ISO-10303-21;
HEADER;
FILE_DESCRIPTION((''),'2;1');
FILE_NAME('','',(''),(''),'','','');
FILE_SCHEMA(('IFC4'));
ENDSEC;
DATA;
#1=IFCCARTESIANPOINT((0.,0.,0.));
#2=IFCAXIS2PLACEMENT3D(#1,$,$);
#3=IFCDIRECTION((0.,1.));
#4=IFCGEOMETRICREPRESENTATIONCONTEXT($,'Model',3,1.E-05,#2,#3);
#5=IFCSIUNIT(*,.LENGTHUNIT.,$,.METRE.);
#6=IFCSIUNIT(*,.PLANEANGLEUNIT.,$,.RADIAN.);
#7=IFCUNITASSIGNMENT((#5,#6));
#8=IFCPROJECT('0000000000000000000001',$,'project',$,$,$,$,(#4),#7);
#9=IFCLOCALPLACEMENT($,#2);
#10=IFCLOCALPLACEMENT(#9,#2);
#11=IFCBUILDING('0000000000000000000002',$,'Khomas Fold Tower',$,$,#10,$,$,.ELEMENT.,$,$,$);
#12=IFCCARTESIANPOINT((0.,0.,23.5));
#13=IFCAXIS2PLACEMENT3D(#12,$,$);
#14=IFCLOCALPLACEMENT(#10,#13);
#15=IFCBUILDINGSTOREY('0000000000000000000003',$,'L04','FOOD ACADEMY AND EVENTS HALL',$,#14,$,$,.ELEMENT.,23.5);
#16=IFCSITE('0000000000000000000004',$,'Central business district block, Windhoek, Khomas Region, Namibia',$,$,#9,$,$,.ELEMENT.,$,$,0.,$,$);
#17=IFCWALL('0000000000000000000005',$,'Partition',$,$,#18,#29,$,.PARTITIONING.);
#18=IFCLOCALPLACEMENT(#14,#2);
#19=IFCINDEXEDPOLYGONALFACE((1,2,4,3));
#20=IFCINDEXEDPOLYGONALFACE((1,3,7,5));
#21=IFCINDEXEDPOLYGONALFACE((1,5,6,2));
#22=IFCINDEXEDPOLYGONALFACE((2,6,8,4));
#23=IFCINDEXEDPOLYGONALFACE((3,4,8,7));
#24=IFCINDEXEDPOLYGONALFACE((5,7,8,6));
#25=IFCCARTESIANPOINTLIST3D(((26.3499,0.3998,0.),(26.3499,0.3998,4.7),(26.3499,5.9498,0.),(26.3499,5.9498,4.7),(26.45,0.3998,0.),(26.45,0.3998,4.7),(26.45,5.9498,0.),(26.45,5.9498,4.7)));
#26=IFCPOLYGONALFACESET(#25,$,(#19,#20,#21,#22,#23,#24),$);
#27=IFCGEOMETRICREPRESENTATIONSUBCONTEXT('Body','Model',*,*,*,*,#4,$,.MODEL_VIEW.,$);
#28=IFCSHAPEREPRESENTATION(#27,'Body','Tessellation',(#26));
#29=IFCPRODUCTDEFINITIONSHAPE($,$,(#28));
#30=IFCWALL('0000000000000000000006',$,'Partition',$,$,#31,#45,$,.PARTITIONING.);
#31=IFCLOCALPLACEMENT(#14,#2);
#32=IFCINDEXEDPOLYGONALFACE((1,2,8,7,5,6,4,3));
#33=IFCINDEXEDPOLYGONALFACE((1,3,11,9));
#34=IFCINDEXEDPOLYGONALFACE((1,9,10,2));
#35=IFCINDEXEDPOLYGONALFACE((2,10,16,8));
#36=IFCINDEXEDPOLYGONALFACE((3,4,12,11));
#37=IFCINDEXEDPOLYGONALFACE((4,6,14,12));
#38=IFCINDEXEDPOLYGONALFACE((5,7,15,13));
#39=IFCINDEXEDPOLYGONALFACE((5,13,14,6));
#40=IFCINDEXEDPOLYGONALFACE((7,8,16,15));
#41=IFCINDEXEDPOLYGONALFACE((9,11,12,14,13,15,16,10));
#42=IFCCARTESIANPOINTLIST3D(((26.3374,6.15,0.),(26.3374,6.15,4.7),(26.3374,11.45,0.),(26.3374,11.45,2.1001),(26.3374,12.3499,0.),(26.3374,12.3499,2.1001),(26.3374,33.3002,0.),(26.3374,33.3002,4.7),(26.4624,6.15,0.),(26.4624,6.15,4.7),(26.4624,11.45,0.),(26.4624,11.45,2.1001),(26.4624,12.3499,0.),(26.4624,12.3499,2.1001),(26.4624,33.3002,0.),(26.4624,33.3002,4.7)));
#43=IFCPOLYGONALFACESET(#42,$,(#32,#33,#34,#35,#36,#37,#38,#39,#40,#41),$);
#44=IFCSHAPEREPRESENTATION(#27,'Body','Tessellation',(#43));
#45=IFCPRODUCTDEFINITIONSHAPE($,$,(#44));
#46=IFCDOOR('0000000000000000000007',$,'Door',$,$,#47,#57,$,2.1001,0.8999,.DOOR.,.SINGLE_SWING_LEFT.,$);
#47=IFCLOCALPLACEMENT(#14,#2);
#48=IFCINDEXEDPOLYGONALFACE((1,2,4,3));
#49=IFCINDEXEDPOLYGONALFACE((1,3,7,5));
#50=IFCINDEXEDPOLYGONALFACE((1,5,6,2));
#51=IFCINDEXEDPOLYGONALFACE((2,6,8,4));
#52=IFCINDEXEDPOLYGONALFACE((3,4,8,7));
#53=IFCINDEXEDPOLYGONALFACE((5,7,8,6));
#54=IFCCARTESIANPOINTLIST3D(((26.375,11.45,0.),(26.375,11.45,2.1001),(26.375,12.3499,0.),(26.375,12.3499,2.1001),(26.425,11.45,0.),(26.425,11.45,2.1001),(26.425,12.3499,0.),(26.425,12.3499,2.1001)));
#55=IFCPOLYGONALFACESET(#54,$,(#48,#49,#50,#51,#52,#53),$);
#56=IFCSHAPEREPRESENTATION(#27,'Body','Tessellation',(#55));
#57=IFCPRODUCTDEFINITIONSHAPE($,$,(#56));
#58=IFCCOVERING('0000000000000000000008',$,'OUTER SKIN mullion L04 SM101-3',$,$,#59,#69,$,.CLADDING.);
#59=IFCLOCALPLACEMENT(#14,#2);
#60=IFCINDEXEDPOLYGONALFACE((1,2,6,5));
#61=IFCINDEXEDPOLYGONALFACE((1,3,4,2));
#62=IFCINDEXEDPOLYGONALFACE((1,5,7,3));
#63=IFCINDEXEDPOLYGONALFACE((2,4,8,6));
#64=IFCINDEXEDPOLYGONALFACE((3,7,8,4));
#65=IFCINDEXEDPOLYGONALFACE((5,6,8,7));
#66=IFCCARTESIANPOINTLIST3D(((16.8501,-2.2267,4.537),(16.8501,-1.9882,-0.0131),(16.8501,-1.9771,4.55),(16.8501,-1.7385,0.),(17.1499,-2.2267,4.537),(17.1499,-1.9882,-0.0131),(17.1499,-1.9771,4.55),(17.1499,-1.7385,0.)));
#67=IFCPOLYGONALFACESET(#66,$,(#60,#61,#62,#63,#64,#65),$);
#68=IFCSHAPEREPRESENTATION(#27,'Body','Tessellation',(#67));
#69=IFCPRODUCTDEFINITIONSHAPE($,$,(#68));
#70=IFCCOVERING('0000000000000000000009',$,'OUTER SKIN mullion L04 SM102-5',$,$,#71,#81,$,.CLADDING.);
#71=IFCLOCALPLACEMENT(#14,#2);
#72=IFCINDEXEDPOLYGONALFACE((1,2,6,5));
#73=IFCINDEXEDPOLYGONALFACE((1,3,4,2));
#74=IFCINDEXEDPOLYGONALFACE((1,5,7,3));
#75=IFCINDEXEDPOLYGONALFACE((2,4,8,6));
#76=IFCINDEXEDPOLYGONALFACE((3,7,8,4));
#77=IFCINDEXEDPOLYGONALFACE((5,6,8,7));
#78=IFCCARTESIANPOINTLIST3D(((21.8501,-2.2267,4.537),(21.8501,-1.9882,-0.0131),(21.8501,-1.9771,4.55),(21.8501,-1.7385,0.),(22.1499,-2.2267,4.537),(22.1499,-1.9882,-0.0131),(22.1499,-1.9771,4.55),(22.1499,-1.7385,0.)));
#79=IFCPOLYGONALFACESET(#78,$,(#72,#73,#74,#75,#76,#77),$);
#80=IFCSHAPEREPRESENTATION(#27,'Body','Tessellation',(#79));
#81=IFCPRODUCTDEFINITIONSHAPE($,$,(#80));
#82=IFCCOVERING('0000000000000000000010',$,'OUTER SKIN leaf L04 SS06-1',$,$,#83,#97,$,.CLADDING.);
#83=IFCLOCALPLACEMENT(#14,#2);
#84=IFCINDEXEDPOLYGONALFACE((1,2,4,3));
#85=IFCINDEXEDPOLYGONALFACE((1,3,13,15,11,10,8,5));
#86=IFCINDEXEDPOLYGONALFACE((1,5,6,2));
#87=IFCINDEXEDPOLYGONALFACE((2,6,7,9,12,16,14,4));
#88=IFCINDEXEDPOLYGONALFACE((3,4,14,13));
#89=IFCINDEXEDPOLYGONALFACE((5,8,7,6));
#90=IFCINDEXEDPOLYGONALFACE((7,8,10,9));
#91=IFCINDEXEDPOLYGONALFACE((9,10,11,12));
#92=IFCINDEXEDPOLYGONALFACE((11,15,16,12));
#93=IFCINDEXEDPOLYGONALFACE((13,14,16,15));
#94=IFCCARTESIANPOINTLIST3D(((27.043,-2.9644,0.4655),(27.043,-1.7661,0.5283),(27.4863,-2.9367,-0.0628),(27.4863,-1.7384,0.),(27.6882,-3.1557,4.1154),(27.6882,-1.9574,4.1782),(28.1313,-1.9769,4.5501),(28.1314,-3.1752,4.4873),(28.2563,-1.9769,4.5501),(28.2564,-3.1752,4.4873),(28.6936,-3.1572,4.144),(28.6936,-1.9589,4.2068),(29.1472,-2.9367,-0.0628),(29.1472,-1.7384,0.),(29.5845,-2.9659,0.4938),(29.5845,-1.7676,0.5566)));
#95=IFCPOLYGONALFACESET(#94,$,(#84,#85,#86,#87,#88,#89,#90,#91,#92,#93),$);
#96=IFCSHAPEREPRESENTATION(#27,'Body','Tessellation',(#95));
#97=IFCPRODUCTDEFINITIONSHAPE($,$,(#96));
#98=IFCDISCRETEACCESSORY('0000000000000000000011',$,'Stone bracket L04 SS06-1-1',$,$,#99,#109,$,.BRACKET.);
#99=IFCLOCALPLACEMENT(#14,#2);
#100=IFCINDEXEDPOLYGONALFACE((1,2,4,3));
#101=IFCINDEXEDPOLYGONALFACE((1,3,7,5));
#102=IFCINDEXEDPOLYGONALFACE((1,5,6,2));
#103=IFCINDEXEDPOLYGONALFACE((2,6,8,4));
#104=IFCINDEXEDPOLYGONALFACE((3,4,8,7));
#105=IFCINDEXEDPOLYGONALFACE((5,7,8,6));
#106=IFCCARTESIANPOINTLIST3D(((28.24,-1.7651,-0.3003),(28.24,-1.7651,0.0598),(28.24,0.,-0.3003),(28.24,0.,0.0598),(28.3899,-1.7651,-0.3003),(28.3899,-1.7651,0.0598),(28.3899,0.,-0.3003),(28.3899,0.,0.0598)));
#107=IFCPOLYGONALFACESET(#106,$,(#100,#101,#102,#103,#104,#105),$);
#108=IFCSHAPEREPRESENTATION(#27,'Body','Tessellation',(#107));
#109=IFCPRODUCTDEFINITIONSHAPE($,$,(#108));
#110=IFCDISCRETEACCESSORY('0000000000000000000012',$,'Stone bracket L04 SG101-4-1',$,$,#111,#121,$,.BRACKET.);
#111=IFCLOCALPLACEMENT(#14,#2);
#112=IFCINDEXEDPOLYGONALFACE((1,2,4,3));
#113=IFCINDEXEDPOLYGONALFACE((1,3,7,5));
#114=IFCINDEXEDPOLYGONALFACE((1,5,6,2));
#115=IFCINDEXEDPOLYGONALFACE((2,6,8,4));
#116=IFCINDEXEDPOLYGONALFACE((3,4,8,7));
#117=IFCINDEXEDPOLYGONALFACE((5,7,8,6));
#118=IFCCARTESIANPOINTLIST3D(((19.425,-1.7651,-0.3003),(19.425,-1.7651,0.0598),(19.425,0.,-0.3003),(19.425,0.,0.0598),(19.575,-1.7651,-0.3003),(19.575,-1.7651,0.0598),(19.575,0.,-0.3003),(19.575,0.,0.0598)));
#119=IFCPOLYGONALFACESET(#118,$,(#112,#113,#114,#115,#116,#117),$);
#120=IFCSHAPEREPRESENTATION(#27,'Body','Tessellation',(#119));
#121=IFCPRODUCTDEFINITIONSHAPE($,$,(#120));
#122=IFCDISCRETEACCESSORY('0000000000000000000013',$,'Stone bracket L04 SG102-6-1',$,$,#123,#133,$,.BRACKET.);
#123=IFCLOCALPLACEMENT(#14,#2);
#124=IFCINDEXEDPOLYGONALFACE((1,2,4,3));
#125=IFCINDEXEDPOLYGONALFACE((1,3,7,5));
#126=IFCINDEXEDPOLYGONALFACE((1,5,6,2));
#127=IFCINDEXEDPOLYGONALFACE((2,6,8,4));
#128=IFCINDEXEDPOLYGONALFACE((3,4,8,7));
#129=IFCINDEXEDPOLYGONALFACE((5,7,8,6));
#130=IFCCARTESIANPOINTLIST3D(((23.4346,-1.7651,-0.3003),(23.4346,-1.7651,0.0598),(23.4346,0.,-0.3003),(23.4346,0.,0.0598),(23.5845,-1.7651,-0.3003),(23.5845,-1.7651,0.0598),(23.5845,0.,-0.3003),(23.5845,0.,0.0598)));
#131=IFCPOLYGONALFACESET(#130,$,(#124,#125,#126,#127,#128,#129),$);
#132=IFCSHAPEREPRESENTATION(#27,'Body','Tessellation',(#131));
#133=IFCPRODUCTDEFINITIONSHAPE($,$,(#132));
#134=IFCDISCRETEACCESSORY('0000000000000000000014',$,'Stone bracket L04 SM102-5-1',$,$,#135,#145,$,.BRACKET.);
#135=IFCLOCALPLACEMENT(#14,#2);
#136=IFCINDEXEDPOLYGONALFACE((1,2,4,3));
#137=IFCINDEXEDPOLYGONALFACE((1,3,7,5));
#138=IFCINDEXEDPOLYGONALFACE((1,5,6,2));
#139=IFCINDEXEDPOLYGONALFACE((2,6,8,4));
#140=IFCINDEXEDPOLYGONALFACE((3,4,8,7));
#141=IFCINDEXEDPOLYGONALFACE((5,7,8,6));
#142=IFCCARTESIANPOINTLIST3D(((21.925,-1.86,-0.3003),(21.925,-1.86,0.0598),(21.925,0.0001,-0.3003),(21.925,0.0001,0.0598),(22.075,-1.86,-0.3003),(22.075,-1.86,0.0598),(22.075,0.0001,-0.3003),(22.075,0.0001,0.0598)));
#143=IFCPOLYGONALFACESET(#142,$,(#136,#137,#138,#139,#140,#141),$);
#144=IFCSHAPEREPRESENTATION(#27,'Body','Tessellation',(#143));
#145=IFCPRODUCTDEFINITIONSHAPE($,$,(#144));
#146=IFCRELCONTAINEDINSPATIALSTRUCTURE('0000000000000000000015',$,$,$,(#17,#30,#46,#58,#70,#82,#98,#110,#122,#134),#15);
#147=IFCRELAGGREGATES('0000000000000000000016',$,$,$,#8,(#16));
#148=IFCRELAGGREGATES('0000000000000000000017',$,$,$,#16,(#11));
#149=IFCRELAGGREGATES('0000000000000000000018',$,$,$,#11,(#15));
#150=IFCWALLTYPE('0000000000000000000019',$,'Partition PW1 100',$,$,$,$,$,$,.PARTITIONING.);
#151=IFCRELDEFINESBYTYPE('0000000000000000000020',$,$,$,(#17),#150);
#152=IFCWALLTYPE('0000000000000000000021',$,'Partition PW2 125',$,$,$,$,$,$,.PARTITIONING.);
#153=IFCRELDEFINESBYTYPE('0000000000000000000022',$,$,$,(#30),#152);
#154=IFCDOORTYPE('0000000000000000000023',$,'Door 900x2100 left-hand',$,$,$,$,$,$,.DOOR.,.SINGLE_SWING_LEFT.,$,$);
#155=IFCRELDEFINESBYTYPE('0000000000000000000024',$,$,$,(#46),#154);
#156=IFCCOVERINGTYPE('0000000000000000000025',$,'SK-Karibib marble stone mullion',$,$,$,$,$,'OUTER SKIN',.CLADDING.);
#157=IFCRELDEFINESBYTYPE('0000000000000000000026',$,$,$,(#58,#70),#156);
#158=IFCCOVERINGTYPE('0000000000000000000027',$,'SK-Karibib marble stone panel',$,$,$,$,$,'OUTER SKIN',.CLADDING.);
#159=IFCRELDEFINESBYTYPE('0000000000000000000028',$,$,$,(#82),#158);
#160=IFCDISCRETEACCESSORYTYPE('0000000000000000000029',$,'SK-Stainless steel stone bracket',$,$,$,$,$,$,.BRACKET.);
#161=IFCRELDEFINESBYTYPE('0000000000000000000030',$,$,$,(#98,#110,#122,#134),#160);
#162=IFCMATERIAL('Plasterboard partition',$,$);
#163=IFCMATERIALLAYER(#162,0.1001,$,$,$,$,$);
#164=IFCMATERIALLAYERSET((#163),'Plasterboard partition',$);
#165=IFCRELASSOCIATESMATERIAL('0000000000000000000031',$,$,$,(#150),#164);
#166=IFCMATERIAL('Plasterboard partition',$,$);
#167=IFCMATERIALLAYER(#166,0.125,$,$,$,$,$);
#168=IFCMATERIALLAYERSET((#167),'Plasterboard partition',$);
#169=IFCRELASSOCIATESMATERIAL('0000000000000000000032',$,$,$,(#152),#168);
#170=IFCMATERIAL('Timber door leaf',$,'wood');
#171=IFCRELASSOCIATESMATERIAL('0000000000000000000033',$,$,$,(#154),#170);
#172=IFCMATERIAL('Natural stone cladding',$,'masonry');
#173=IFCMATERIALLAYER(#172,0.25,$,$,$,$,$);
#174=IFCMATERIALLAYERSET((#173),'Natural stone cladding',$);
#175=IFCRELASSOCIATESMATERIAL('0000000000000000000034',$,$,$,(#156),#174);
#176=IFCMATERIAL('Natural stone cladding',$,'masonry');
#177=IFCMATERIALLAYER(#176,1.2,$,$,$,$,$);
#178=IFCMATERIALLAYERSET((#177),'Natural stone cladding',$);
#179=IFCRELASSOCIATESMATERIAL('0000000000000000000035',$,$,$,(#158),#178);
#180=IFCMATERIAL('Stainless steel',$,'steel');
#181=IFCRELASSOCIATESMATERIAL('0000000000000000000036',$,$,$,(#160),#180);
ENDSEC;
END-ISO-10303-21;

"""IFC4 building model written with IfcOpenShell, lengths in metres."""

from ifc_helpers import new_model, si_unit, direction, frame, frame_2d, origin, origin_2d, place, context, subcontext, project, spatial, polyline, rectangle, outline, extrude, source, transform, mapped, material, layer, layer_set, type_object, element, fill, save


model = new_model("IFC4")

# Units and contexts
model_context = context("Model", 3, precision=1e-05, world=origin(), true_north=direction((0.0, 1.0)))
body_context = subcontext(model_context, "Body", "Model", "MODEL_VIEW")
ifc_project = project(units=[si_unit("LENGTHUNIT", "METRE"), si_unit("PLANEANGLEUNIT", "RADIAN")], contexts=[model_context])

# Site, building, storey
site_placement = place(None, origin())
site = spatial("IfcSite", under=ifc_project, at=site_placement, Name="Central business district block, Windhoek, Khomas Region, Namibia", CompositionType="ELEMENT", RefElevation=0.0)
building_placement = place(site_placement, origin())
building = spatial("IfcBuilding", under=site, at=building_placement, Name="Khomas Fold Tower", CompositionType="ELEMENT")
storey_placement = place(building_placement, frame((0.0, 0.0, 23.5)))
storey = spatial("IfcBuildingStorey", under=building, at=storey_placement, Name="L04", Description="FOOD ACADEMY AND EVENTS HALL", CompositionType="ELEMENT", Elevation=23.5)

# Wall
ifc_material_1 = material(Name="Plasterboard partition")
ifc_layer_1 = layer(ifc_material_1, 0.1001)
ifc_layer_set_1 = layer_set([ifc_layer_1], Name="Plasterboard partition")
wall_type_1 = type_object("IfcWallType", Name="Partition PW1 100", PredefinedType="PARTITIONING", material=ifc_layer_set_1)
shared_shape_1 = source(origin(), body_context, "Body", "SweptSolid", [
    extrude(rectangle(XDim=5.55, YDim=0.1001, at=frame_2d((2.7749, 0.0))), origin(), (0.0, 0.0, 1.0), 4.7),
])
wall_1_placement = place(storey_placement, frame((26.3999, 0.3999, 0.0), z_axis=(0.0, 0.0, 1.0), x_axis=(0.0, 1.0, 0.0)))
element("IfcWall", 1, at=wall_1_placement, inside=storey, type_object=wall_type_1, Name="Partition", PredefinedType="PARTITIONING", context=body_context, shape_type="MappedRepresentation", body=[
    mapped(shared_shape_1, transform((0.0, 0.0, 0.0))),
])

# Wall, opening, door
ifc_material_2 = material(Name="Plasterboard partition")
ifc_layer_2 = layer(ifc_material_2, 0.125)
ifc_layer_set_2 = layer_set([ifc_layer_2], Name="Plasterboard partition")
wall_type_2 = type_object("IfcWallType", Name="Partition PW2 125", PredefinedType="PARTITIONING", material=ifc_layer_set_2)
shared_shape_2 = source(origin(), body_context, "Body", "SweptSolid", [
    extrude(rectangle(XDim=27.1501, YDim=0.125, at=frame_2d((13.5752, 0.0))), origin(), (0.0, 0.0, 1.0), 4.7),
])
wall_2_placement = place(storey_placement, frame((26.3999, 6.1499, 0.0), z_axis=(0.0, 0.0, 1.0), x_axis=(0.0, 1.0, 0.0)))
wall_2 = element("IfcWall", 2, at=wall_2_placement, inside=storey, type_object=wall_type_2, Name="Partition", PredefinedType="PARTITIONING", context=body_context, shape_type="MappedRepresentation", body=[
    mapped(shared_shape_2, transform((0.0, 0.0, 0.0))),
])
shared_shape_3 = source(origin(), body_context, "Body", "SweptSolid", [
    extrude(rectangle(XDim=0.8999, YDim=2.1001, at=frame_2d((0.45, 1.05))), frame((0.0, 0.0725, 0.0), z_axis=(0.0, -1.0, 0.0), x_axis=(1.0, 0.0, 0.0)), (0.0, 0.0, 1.0), 0.145),
])
opening_1_placement = place(wall_2_placement, frame((5.3, 0.0, 0.0)))
opening_1 = element("IfcOpeningElement", 3, at=opening_1_placement, cuts=wall_2, PredefinedType="OPENING", context=body_context, shape_type="MappedRepresentation", body=[
    mapped(shared_shape_3, transform((0.0, 0.0, 0.0))),
])
ifc_material_3 = material(Name="Timber door leaf", Category="wood")
door_type = type_object("IfcDoorType", Name="Door 900x2100 left-hand", OperationType="SINGLE_SWING_LEFT", PredefinedType="DOOR", material=ifc_material_3)
shared_shape_4 = source(origin(), body_context, "Body", "SweptSolid", [
    extrude(rectangle(XDim=0.8999, YDim=2.1001, at=frame_2d((0.45, 1.05))), frame((0.0, 0.0249, 0.0), z_axis=(0.0, -1.0, 0.0), x_axis=(1.0, 0.0, 0.0)), (0.0, 0.0, 1.0), 0.05),
])
door_placement = place(opening_1_placement, origin())
door = element("IfcDoor", 4, at=door_placement, inside=storey, type_object=door_type, Name="Door", OperationType="SINGLE_SWING_LEFT", OverallHeight=2.1001, OverallWidth=0.8999, PredefinedType="DOOR", context=body_context, shape_type="MappedRepresentation", body=[
    mapped(shared_shape_4, transform((0.0, 0.0, 0.0))),
])
fill(opening_1, door)

# Coverings
ifc_material_4 = material(Name="Natural stone cladding", Category="masonry")
ifc_layer_3 = layer(ifc_material_4, 0.25)
ifc_layer_set_3 = layer_set([ifc_layer_3], Name="Natural stone cladding")
covering_type_1 = type_object("IfcCoveringType", Name="SK-Karibib marble stone mullion", ElementType="OUTER SKIN", PredefinedType="CLADDING", material=ifc_layer_set_3)
for number, where, z_axis, x_axis, name in (
    (5, (17.1499, -1.9771, 4.55), (0.0, 0.998629, 0.052351), (0.0, 0.052351, -0.998629), "OUTER SKIN mullion L04 SM101-3"),
    (6, (22.1499, -1.9771, 4.55), (0.0, 0.998629, 0.052351), (0.0, 0.052351, -0.998629), "OUTER SKIN mullion L04 SM102-5"),
):
    element("IfcCovering", number, at=place(storey_placement, frame(where, z_axis=z_axis, x_axis=x_axis)), inside=storey, type_object=covering_type_1, Name=name, PredefinedType="CLADDING", context=body_context, shape_type="SweptSolid", body=[
        extrude(outline(polyline([(0.0, 0.0), (4.5563, 0.0), (4.5563, 0.2998), (0.0, 0.2998), (0.0, 0.0)])), origin(), (0.0, 0.0, -1.0), 0.25),
    ])
ifc_material_5 = material(Name="Natural stone cladding", Category="masonry")
ifc_layer_4 = layer(ifc_material_5, 1.2)
ifc_layer_set_4 = layer_set([ifc_layer_4], Name="Natural stone cladding")
covering_type_2 = type_object("IfcCoveringType", Name="SK-Karibib marble stone panel", ElementType="OUTER SKIN", PredefinedType="CLADDING", material=ifc_layer_set_4)
covering_placement = place(storey_placement, frame((27.043, -1.7661, 0.5283), z_axis=(-0.000014, 0.998629, 0.052337), x_axis=(0.173858, -0.051537, 0.983421)))
element("IfcCovering", 7, at=covering_placement, inside=storey, type_object=covering_type_2, Name="OUTER SKIN leaf L04 SS06-1", PredefinedType="CLADDING", context=body_context, shape_type="SweptSolid", body=[
    extrude(outline(polyline([(0.0, 0.0), (3.7114, 0.0), (4.1551, 0.3716), (4.1769, 0.4947), (3.9144, 0.9851), (0.4698, 2.4979), (-0.1551, 2.1642), (-0.4439, 0.5286), (0.0, 0.0)])), origin(), (0.0, 0.0, -1.0), 1.2),
])

# Discrete accessories
ifc_material_6 = material(Name="Stainless steel", Category="steel")
discrete_accessory_type = type_object("IfcDiscreteAccessoryType", Name="SK-Stainless steel stone bracket", PredefinedType="BRACKET", material=ifc_material_6)
shared_shape_5 = source(origin(), body_context, "Body", "SweptSolid", [
    extrude(rectangle(XDim=1.7651, YDim=0.1499, at=origin_2d()), origin(), (0.0, 0.0, 1.0), 0.3601),
])
for number, where, z_axis, x_axis, name in (
    (8, (28.3149, -0.8826, -0.3003), (0.0, 0.0, 1.0), (0.0, -1.0, 0.0), "Stone bracket L04 SS06-1-1"),
    (9, (19.5, -0.8826, -0.3003), (0.0, 0.0, 1.0), (0.0, -1.0, 0.0), "Stone bracket L04 SG101-4-1"),
    (10, (23.5095, -0.8826, -0.3003), (0.0, 0.0, 1.0), (0.0, -1.0, 0.0), "Stone bracket L04 SG102-6-1"),
):
    element("IfcDiscreteAccessory", number, at=place(storey_placement, frame(where, z_axis=z_axis, x_axis=x_axis)), inside=storey, type_object=discrete_accessory_type, Name=name, PredefinedType="BRACKET", context=body_context, shape_type="MappedRepresentation", body=[
        mapped(shared_shape_5, transform((0.0, 0.0, 0.0))),
    ])
shared_shape_6 = source(origin(), body_context, "Body", "SweptSolid", [
    extrude(rectangle(XDim=1.8601, YDim=0.1499, at=origin_2d()), origin(), (0.0, 0.0, 1.0), 0.3601),
])
discrete_accessory_placement = place(storey_placement, frame((22.0, -0.9299, -0.3003), z_axis=(0.0, 0.0, 1.0), x_axis=(0.0, -1.0, 0.0)))
element("IfcDiscreteAccessory", 11, at=discrete_accessory_placement, inside=storey, type_object=discrete_accessory_type, Name="Stone bracket L04 SM102-5-1", PredefinedType="BRACKET", context=body_context, shape_type="MappedRepresentation", body=[
    mapped(shared_shape_6, transform((0.0, 0.0, 0.0))),
])

save(model, "model.ifc")
